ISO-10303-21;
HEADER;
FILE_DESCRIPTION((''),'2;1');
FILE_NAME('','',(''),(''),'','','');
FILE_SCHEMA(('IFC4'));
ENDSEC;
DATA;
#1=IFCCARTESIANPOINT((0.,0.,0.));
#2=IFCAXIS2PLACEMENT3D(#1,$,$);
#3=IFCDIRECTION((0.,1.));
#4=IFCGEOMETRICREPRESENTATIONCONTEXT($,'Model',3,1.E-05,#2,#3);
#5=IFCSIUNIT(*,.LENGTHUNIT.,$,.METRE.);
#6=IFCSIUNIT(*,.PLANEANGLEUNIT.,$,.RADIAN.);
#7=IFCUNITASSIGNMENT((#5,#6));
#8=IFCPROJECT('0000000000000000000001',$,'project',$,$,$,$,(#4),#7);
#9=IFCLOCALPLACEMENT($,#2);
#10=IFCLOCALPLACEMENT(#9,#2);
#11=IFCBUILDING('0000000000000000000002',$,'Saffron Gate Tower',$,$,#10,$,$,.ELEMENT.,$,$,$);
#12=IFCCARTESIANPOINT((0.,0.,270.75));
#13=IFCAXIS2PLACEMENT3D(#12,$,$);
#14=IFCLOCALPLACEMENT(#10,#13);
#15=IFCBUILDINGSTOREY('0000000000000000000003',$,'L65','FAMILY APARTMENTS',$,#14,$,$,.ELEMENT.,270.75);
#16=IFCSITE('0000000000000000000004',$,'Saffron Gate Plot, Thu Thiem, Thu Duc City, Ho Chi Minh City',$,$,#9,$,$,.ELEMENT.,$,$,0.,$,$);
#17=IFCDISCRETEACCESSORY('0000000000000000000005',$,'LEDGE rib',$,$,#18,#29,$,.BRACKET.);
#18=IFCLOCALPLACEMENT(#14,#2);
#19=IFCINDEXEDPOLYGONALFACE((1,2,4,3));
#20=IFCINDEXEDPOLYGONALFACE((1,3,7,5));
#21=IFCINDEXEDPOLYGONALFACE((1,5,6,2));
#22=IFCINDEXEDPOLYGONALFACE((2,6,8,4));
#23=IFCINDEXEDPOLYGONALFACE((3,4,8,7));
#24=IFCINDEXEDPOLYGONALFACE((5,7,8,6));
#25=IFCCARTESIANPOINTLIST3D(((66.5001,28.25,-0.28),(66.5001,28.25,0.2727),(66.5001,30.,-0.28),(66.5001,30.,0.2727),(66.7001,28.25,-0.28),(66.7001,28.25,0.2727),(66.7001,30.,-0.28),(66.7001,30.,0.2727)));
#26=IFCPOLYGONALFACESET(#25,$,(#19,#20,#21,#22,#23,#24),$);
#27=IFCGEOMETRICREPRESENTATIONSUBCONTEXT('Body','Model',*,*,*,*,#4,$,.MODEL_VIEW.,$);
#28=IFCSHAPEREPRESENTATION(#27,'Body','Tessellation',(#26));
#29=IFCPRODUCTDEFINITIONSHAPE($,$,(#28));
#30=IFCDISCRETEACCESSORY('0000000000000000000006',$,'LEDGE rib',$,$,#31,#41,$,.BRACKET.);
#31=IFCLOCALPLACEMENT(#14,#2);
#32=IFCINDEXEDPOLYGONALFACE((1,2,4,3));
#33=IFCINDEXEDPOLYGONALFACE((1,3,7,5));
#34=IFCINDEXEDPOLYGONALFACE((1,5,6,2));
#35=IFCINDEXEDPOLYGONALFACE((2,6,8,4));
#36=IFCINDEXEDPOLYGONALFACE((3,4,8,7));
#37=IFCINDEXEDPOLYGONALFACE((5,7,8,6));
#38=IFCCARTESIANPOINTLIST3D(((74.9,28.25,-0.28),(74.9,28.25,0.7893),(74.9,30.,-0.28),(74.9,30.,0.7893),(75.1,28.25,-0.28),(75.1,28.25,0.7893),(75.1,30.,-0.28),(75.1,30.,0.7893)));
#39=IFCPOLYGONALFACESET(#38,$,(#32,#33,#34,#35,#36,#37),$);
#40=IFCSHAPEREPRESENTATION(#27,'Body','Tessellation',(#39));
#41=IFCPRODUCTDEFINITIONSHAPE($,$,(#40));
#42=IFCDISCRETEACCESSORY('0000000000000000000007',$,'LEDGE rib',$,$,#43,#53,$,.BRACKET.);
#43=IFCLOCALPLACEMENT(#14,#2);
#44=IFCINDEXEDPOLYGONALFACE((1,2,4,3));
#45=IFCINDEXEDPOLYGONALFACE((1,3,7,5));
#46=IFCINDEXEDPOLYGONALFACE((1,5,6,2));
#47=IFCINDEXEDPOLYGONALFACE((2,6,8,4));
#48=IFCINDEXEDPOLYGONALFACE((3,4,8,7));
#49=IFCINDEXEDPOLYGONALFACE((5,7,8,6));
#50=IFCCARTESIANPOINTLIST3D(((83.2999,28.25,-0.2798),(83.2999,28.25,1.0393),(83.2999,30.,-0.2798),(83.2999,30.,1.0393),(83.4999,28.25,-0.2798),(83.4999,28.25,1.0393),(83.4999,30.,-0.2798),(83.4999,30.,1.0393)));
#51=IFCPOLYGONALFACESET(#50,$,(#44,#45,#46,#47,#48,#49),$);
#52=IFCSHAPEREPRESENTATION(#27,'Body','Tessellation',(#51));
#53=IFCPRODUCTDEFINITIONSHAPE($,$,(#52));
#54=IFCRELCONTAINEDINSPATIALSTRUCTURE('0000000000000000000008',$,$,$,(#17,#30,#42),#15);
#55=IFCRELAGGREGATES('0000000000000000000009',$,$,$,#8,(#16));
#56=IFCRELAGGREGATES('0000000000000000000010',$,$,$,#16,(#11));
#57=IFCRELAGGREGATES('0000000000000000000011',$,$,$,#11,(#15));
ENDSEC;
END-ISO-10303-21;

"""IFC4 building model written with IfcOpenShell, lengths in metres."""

from ifc_helpers import new_model, si_unit, direction, frame, origin, origin_2d, place, context, subcontext, project, spatial, rectangle, extrude, element, save


model = new_model("IFC4")

# Units and contexts
model_context = context("Model", 3, precision=1e-05, world=origin(), true_north=direction((0.0, 1.0)))
body_context = subcontext(model_context, "Body", "Model", "MODEL_VIEW")
ifc_project = project(units=[si_unit("LENGTHUNIT", "METRE"), si_unit("PLANEANGLEUNIT", "RADIAN")], contexts=[model_context])

# Site, building, storey
site_placement = place(None, origin())
site = spatial("IfcSite", under=ifc_project, at=site_placement, Name="Saffron Gate Plot, Thu Thiem, Thu Duc City, Ho Chi Minh City", CompositionType="ELEMENT", RefElevation=0.0)
building_placement = place(site_placement, origin())
building = spatial("IfcBuilding", under=site, at=building_placement, Name="Saffron Gate Tower", CompositionType="ELEMENT")
storey_placement = place(building_placement, frame((0.0, 0.0, 270.75)))
storey = spatial("IfcBuildingStorey", under=building, at=storey_placement, Name="L65", Description="FAMILY APARTMENTS", CompositionType="ELEMENT", Elevation=270.75)

# Discrete accessories
discrete_accessory_1_placement = place(storey_placement, frame((66.6001, 29.125, -0.28), z_axis=(0.0, 0.0, 1.0), x_axis=(1.0, 0.0, 0.0)))
element("IfcDiscreteAccessory", 1, at=discrete_accessory_1_placement, inside=storey, Name="LEDGE rib", PredefinedType="BRACKET", context=body_context, shape_type="SweptSolid", body=[
    extrude(rectangle(XDim=0.2, YDim=1.75, at=origin_2d()), origin(), (0.0, 0.0, 1.0), 0.5527),
])
discrete_accessory_2_placement = place(storey_placement, frame((75.0, 29.125, -0.28), z_axis=(0.0, 0.0, 1.0), x_axis=(1.0, 0.0, 0.0)))
element("IfcDiscreteAccessory", 2, at=discrete_accessory_2_placement, inside=storey, Name="LEDGE rib", PredefinedType="BRACKET", context=body_context, shape_type="SweptSolid", body=[
    extrude(rectangle(XDim=0.2, YDim=1.75, at=origin_2d()), origin(), (0.0, 0.0, 1.0), 1.0693),
])
discrete_accessory_3_placement = place(storey_placement, frame((83.3999, 29.125, -0.2798), z_axis=(0.0, 0.0, 1.0), x_axis=(1.0, 0.0, 0.0)))
element("IfcDiscreteAccessory", 3, at=discrete_accessory_3_placement, inside=storey, Name="LEDGE rib", PredefinedType="BRACKET", context=body_context, shape_type="SweptSolid", body=[
    extrude(rectangle(XDim=0.2, YDim=1.75, at=origin_2d()), origin(), (0.0, 0.0, 1.0), 1.3191),
])

save(model, "model.ifc")
